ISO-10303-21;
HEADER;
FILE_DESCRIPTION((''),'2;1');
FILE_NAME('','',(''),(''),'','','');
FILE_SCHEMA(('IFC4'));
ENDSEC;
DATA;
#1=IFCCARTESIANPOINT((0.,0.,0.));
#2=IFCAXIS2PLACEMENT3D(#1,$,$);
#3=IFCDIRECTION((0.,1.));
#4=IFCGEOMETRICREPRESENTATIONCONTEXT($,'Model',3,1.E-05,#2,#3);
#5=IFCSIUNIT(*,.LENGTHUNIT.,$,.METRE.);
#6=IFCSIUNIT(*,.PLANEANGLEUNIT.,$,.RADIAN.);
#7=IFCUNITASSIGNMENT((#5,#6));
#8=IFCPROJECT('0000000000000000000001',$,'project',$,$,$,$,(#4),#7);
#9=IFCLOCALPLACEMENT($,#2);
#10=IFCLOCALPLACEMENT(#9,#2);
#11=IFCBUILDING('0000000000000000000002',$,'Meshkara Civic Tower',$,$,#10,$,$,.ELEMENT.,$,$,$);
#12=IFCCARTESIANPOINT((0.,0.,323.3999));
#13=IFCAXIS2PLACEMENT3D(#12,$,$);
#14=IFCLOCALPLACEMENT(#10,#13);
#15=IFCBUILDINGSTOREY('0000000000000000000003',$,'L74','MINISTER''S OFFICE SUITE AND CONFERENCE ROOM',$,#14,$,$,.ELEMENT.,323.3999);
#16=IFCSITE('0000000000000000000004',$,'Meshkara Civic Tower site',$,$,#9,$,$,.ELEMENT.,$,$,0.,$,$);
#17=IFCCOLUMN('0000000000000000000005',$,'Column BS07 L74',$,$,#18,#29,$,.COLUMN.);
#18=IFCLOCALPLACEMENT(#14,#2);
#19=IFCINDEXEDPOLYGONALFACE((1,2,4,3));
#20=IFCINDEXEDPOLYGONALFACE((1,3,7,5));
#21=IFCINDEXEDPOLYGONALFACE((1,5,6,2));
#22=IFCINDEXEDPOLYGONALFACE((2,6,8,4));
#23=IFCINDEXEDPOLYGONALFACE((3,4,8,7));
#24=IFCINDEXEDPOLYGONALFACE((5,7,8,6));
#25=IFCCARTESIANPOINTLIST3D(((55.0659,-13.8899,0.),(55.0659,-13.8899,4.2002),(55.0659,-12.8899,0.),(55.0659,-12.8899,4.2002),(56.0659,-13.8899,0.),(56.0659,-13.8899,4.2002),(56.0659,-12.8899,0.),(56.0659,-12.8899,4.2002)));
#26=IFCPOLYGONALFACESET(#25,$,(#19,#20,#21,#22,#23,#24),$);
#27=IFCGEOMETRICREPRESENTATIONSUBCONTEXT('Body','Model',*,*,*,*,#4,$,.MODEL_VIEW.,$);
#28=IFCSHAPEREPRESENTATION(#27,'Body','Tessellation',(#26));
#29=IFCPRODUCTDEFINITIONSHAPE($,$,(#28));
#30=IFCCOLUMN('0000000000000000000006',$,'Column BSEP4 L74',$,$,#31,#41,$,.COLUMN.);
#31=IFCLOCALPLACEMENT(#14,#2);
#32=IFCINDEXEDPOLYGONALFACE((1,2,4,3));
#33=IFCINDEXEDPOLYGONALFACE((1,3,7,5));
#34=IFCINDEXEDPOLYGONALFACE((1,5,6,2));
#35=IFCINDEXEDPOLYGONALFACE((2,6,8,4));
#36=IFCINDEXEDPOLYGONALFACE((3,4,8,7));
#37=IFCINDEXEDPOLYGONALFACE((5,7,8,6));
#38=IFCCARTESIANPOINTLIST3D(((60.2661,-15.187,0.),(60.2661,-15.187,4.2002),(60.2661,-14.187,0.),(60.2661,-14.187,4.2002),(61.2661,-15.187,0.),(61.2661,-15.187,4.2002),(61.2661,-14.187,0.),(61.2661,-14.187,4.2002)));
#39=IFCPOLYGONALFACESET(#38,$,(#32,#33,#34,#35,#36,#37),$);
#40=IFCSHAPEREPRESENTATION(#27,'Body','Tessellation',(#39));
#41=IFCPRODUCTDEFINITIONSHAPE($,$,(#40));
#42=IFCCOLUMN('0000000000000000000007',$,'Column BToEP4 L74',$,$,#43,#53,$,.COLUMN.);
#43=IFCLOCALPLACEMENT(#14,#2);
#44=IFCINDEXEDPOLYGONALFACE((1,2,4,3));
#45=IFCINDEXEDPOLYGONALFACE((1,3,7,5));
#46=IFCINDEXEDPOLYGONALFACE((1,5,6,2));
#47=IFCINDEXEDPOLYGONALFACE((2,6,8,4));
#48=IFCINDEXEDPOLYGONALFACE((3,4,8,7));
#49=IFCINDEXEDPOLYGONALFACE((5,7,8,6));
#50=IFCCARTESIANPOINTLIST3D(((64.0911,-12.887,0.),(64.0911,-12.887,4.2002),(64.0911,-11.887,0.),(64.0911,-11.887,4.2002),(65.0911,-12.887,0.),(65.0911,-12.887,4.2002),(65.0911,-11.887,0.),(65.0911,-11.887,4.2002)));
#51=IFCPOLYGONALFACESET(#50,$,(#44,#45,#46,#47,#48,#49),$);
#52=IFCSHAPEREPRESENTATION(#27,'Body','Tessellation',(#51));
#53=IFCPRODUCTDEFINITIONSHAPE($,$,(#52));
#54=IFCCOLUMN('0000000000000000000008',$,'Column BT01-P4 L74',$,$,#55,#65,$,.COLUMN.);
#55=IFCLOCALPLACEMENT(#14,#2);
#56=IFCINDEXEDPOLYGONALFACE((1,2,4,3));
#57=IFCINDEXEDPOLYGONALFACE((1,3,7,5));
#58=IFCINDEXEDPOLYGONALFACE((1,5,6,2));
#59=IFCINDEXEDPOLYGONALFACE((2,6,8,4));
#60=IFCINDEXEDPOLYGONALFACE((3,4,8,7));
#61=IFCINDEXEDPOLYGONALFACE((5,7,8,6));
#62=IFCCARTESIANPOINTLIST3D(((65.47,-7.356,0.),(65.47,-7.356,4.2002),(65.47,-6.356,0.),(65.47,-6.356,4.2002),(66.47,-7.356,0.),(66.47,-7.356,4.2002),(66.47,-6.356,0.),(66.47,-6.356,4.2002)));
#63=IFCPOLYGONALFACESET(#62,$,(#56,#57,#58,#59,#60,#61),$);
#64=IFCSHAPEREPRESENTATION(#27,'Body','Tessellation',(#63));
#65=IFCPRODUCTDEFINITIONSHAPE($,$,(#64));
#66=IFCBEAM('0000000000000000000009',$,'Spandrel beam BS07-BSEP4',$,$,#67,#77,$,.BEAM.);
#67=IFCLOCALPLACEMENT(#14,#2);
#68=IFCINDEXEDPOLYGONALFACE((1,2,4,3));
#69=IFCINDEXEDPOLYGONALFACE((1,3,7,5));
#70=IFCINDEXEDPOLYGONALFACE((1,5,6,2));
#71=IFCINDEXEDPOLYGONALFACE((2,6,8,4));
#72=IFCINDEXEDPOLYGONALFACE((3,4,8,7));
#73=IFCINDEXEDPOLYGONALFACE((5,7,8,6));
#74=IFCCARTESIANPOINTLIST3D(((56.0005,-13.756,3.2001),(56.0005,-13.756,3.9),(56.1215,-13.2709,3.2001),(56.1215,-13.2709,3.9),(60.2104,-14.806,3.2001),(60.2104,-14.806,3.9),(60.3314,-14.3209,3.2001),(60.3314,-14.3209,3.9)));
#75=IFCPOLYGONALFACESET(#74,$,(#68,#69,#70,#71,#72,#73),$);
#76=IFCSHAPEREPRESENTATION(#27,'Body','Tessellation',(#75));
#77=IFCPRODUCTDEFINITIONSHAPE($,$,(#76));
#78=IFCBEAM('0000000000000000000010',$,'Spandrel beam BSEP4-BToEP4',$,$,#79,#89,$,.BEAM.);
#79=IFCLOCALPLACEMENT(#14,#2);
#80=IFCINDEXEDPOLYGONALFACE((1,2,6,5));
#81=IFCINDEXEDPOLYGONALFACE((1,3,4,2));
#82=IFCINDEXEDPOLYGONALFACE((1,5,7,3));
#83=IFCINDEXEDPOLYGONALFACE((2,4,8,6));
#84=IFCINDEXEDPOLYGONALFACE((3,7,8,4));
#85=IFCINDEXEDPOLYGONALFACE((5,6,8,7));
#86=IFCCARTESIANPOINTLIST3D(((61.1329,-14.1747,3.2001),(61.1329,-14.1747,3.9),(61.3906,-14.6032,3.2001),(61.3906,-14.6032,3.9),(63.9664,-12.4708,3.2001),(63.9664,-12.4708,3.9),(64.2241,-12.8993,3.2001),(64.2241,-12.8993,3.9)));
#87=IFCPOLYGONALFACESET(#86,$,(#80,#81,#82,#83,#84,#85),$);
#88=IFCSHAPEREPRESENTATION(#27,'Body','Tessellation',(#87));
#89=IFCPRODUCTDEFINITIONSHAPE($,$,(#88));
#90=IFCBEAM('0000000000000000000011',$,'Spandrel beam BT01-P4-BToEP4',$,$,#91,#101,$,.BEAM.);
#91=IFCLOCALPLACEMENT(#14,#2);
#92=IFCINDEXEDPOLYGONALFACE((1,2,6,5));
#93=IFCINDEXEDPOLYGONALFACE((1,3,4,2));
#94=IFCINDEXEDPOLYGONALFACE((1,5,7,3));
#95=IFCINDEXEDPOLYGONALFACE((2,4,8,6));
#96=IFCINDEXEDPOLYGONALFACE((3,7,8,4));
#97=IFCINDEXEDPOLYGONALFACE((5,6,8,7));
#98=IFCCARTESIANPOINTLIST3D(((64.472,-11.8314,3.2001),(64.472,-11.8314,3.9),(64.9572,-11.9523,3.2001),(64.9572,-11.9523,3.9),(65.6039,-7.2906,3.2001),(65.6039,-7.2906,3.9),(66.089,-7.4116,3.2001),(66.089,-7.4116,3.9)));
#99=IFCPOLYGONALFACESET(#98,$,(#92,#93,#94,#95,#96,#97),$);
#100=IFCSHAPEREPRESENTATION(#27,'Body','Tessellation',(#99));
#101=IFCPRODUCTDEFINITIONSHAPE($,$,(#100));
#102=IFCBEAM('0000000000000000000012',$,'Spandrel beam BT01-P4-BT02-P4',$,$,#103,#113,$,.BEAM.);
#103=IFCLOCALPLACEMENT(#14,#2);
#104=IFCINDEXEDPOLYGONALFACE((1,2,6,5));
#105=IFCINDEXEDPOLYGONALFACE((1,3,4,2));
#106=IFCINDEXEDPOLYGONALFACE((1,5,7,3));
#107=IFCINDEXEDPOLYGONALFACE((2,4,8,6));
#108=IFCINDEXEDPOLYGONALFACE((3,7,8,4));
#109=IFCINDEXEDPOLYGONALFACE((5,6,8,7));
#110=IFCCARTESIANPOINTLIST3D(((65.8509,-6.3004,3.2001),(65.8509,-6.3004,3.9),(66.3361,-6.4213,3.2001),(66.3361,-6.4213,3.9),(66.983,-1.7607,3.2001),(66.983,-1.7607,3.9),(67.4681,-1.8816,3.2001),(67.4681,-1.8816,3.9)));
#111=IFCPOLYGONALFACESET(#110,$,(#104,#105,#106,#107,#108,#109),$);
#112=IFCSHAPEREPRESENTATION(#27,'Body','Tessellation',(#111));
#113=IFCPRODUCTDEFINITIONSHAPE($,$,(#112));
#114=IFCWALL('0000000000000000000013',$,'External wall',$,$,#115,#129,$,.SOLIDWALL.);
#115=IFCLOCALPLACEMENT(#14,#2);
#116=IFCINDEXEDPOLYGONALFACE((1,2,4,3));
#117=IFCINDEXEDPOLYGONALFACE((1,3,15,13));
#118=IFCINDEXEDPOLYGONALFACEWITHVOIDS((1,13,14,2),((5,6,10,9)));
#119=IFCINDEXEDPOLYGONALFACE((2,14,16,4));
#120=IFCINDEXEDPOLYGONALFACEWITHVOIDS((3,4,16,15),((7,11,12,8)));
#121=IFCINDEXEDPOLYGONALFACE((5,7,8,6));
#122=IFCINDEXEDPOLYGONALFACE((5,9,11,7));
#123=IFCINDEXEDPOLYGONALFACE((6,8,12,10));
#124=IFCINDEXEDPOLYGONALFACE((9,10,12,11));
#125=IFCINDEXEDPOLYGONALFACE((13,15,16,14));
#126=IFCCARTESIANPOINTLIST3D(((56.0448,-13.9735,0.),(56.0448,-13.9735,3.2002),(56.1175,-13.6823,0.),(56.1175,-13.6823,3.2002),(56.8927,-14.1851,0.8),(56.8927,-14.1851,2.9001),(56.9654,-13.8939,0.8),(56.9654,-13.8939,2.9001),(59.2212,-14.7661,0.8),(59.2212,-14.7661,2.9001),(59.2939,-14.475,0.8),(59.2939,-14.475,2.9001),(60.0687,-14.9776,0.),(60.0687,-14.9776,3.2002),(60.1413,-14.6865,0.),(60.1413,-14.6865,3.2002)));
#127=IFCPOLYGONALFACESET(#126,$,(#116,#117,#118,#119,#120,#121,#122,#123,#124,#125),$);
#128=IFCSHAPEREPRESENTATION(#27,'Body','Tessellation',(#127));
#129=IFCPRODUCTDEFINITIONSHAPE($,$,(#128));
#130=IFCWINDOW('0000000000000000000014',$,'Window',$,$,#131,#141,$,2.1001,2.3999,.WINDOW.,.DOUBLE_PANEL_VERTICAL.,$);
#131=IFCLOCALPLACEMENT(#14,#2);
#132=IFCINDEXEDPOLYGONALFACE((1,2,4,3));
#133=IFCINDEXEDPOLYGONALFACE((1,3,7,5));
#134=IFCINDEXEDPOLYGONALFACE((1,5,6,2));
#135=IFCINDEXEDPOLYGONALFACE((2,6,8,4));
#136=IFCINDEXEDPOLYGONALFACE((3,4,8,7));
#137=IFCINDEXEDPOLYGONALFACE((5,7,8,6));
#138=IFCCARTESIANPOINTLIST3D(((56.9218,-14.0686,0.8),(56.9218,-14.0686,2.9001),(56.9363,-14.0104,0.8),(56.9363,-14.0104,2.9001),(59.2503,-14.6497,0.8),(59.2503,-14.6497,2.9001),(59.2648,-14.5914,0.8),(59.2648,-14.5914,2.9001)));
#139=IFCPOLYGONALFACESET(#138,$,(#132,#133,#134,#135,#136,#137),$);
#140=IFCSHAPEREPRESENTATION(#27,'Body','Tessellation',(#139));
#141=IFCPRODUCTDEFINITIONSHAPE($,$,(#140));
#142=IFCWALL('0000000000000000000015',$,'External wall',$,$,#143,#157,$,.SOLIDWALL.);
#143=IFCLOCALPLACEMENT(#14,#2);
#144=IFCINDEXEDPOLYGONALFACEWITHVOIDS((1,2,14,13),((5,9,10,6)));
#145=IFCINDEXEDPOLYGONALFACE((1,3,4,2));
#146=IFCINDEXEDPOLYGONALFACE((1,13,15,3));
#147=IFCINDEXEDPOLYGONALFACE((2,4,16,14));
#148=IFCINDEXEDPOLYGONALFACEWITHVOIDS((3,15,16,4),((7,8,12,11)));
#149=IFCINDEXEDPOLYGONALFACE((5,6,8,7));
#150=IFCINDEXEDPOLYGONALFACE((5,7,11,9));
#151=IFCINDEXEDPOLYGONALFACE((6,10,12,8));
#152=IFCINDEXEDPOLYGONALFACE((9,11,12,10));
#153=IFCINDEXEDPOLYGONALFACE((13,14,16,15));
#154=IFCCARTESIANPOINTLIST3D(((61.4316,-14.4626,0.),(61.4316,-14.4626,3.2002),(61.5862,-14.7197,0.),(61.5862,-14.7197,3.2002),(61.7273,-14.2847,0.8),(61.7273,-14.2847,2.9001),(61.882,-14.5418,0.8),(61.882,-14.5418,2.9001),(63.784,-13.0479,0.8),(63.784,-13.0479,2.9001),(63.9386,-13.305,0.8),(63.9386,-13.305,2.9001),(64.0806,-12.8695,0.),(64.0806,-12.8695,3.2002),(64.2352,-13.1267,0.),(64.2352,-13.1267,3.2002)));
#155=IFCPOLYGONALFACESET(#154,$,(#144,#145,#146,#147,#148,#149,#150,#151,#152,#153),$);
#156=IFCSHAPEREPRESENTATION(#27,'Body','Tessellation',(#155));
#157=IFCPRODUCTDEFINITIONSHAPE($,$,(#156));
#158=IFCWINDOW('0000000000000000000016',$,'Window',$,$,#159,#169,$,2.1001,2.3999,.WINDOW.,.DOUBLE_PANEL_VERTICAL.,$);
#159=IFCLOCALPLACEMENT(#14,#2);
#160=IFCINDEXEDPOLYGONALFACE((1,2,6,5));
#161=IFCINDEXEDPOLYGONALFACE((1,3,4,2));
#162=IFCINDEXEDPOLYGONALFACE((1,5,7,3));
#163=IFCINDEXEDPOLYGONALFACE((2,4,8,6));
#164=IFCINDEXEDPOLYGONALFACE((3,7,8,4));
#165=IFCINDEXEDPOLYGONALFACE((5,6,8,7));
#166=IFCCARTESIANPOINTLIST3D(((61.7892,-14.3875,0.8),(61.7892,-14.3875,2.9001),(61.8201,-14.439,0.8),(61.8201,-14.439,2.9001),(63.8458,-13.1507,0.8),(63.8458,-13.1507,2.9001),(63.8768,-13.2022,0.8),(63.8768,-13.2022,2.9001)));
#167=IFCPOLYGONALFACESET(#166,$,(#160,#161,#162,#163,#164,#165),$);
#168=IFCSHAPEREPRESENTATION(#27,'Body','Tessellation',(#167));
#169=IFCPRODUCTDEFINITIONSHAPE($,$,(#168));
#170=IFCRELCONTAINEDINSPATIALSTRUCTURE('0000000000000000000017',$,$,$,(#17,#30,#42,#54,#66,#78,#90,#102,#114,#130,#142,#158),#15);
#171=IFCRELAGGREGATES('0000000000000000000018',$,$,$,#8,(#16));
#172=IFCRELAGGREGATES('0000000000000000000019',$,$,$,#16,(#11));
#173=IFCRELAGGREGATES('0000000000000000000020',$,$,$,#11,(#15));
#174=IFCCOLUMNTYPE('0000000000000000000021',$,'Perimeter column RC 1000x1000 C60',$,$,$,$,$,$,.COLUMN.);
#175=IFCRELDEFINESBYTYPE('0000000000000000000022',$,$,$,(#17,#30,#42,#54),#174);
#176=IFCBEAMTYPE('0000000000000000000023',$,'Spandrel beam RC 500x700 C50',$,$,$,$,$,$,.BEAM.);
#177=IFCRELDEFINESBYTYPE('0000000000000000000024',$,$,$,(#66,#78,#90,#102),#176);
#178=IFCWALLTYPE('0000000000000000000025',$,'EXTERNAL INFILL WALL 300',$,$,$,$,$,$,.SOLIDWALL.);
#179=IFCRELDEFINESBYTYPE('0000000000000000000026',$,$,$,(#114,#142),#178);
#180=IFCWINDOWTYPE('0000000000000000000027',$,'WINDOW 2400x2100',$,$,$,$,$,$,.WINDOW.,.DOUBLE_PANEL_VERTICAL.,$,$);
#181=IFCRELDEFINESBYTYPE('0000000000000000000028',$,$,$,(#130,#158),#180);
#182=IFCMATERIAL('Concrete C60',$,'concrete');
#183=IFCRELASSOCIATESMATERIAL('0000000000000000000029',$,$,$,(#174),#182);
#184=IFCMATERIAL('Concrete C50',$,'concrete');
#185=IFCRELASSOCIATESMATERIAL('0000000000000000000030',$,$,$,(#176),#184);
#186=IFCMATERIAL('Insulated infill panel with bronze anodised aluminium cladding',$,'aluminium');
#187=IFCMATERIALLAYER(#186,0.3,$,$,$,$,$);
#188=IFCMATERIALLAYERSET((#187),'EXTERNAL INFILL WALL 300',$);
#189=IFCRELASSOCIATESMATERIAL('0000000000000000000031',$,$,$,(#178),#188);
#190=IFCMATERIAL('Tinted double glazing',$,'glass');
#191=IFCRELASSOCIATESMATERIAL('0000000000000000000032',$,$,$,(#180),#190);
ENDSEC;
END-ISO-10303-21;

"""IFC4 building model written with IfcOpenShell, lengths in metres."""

from ifc_helpers import new_model, si_unit, direction, frame, frame_2d, origin, origin_2d, place, context, subcontext, project, spatial, rectangle, extrude, material, layer, layer_set, material_profile, profile_set, type_object, element, fill, save


model = new_model("IFC4")

# Units and contexts
model_context = context("Model", 3, precision=1e-05, world=origin(), true_north=direction((0.0, 1.0)))
body_context = subcontext(model_context, "Body", "Model", "MODEL_VIEW")
ifc_project = project(units=[si_unit("LENGTHUNIT", "METRE"), si_unit("PLANEANGLEUNIT", "RADIAN")], contexts=[model_context])

# Site, building, storey
site_placement = place(None, origin())
site = spatial("IfcSite", under=ifc_project, at=site_placement, Name="Meshkara Civic Tower site", CompositionType="ELEMENT", RefElevation=0.0)
building_placement = place(site_placement, origin())
building = spatial("IfcBuilding", under=site, at=building_placement, Name="Meshkara Civic Tower", CompositionType="ELEMENT")
storey_placement = place(building_placement, frame((0.0, 0.0, 323.3999)))
storey = spatial("IfcBuildingStorey", under=building, at=storey_placement, Name="L74", Description="MINISTER'S OFFICE SUITE AND CONFERENCE ROOM", CompositionType="ELEMENT", Elevation=323.3999)

# Columns
ifc_material_1 = material(Name="Concrete C60", Category="concrete")
ifc_material_profile_1 = material_profile(ifc_material_1, rectangle(XDim=1.0, YDim=1.0, at=origin_2d()))
ifc_profile_set_1 = profile_set([ifc_material_profile_1], Name="Concrete C60")
column_type = type_object("IfcColumnType", Name="Perimeter column RC 1000x1000 C60", PredefinedType="COLUMN", material=ifc_profile_set_1)
for number, where, z_axis, x_axis, name in (
    (1, (55.5659, -13.3899, 0.0), (0.0, 0.0, 1.0), (1.0, 0.0, 0.0), "Column BS07 L74"),
    (2, (60.7661, -14.687, 0.0), (0.0, 0.0, 1.0), (1.0, 0.0, 0.0), "Column BSEP4 L74"),
    (3, (64.5911, -12.387, 0.0), (0.0, 0.0, 1.0), (1.0, 0.0, 0.0), "Column BToEP4 L74"),
    (4, (65.97, -6.856, 0.0), (0.0, 0.0, 1.0), (1.0, 0.0, 0.0), "Column BT01-P4 L74"),
):
    element("IfcColumn", number, at=place(storey_placement, frame(where, z_axis=z_axis, x_axis=x_axis)), inside=storey, type_object=column_type, Name=name, PredefinedType="COLUMN", context=body_context, shape_type="SweptSolid", body=[
        extrude(rectangle(XDim=1.0, YDim=1.0, at=origin_2d()), origin(), (0.0, 0.0, 1.0), 4.2002),
    ])

# Beams
ifc_material_2 = material(Name="Concrete C50", Category="concrete")
ifc_material_profile_2 = material_profile(ifc_material_2, rectangle(XDim=0.5, YDim=0.7, at=origin_2d()))
ifc_profile_set_2 = profile_set([ifc_material_profile_2], Name="Concrete C50")
beam_type = type_object("IfcBeamType", Name="Spandrel beam RC 500x700 C50", PredefinedType="BEAM", material=ifc_profile_set_2)
beam_1_placement = place(storey_placement, frame((56.061, -13.5134, 3.55), z_axis=(0.970275, -0.242006, 0.0), x_axis=(0.242006, 0.970275, 0.0)))
element("IfcBeam", 5, at=beam_1_placement, inside=storey, type_object=beam_type, Name="Spandrel beam BS07-BSEP4", PredefinedType="BEAM", context=body_context, shape_type="SweptSolid", body=[
    extrude(rectangle(XDim=0.5, YDim=0.7, at=origin_2d()), origin(), (0.0, 0.0, 1.0), 4.3389),
])
beam_2_placement = place(storey_placement, frame((61.2617, -14.3889, 3.55), z_axis=(0.856991, 0.515332, 0.0), x_axis=(-0.515332, 0.856991, 0.0)))
element("IfcBeam", 6, at=beam_2_placement, inside=storey, type_object=beam_type, Name="Spandrel beam BSEP4-BToEP4", PredefinedType="BEAM", context=body_context, shape_type="SweptSolid", body=[
    extrude(rectangle(XDim=0.5, YDim=0.7, at=origin_2d()), origin(), (0.0, 0.0, 1.0), 3.3064),
])
beam_3_placement = place(storey_placement, frame((64.7146, -11.8918, 3.55), z_axis=(0.24186, 0.970311, 0.0), x_axis=(-0.970311, 0.24186, 0.0)))
element("IfcBeam", 7, at=beam_3_placement, inside=storey, type_object=beam_type, Name="Spandrel beam BT01-P4-BToEP4", PredefinedType="BEAM", context=body_context, shape_type="SweptSolid", body=[
    extrude(rectangle(XDim=0.5, YDim=0.7, at=origin_2d()), origin(), (0.0, 0.0, 1.0), 4.6797),
])
beam_4_placement = place(storey_placement, frame((66.0935, -6.3608, 3.55), z_axis=(0.241959, 0.970287, 0.0), x_axis=(-0.970287, 0.241959, 0.0)))
element("IfcBeam", 8, at=beam_4_placement, inside=storey, type_object=beam_type, Name="Spandrel beam BT01-P4-BT02-P4", PredefinedType="BEAM", context=body_context, shape_type="SweptSolid", body=[
    extrude(rectangle(XDim=0.5, YDim=0.7, at=origin_2d()), origin(), (0.0, 0.0, 1.0), 4.6787),
])

# Walls, openings, windows
ifc_material_3 = material(Name="Insulated infill panel with bronze anodised aluminium cladding", Category="aluminium")
ifc_layer_1 = layer(ifc_material_3, 0.3)
ifc_layer_set_1 = layer_set([ifc_layer_1], Name="EXTERNAL INFILL WALL 300")
wall_type_1 = type_object("IfcWallType", Name="EXTERNAL INFILL WALL 300", PredefinedType="SOLIDWALL", material=ifc_layer_set_1)
wall_1_placement = place(storey_placement, frame((56.0811, -13.8279, 0.0), z_axis=(0.0, 0.0, 1.0), x_axis=(0.970246, -0.24212, 0.0)))
wall_1 = element("IfcWall", 9, at=wall_1_placement, inside=storey, type_object=wall_type_1, Name="External wall", PredefinedType="SOLIDWALL", context=body_context, shape_type="SweptSolid", body=[
    extrude(rectangle(XDim=4.1472, YDim=0.3, at=frame_2d((2.0737, 0.0))), origin(), (0.0, 0.0, 1.0), 3.2002),
])
opening_1_placement = place(wall_1_placement, frame((0.874, 0.0, 0.8)))
opening_1 = element("IfcOpeningElement", 10, at=opening_1_placement, cuts=wall_1, PredefinedType="OPENING", context=body_context, shape_type="SweptSolid", body=[
    extrude(rectangle(XDim=2.3999, YDim=2.1001, at=frame_2d((1.2, 1.05))), frame((0.0, 0.1599, 0.0), z_axis=(0.0, -1.0, 0.0), x_axis=(1.0, 0.0, 0.0)), (0.0, 0.0, 1.0), 0.3201),
])
ifc_material_4 = material(Name="Tinted double glazing", Category="glass")
window_type = type_object("IfcWindowType", Name="WINDOW 2400x2100", PartitioningType="DOUBLE_PANEL_VERTICAL", PredefinedType="WINDOW", material=ifc_material_4)
window_1_placement = place(opening_1_placement, origin())
window_1 = element("IfcWindow", 11, at=window_1_placement, inside=storey, type_object=window_type, Name="Window", OverallHeight=2.1001, OverallWidth=2.3999, PartitioningType="DOUBLE_PANEL_VERTICAL", PredefinedType="WINDOW", context=body_context, shape_type="SweptSolid", body=[
    extrude(rectangle(XDim=2.3999, YDim=2.1001, at=frame_2d((1.2, 1.05))), frame((0.0, 0.03, 0.0), z_axis=(0.0, -1.0, 0.0), x_axis=(1.0, 0.0, 0.0)), (0.0, 0.0, 1.0), 0.0601),
])
fill(opening_1, window_1)
wall_2_placement = place(storey_placement, frame((61.509, -14.5911, 0.0), z_axis=(0.0, 0.0, 1.0), x_axis=(0.85697, 0.515367, 0.0)))
wall_2 = element("IfcWall", 12, at=wall_2_placement, inside=storey, type_object=wall_type_1, Name="External wall", PredefinedType="SOLIDWALL", context=body_context, shape_type="SweptSolid", body=[
    extrude(rectangle(XDim=3.0911, YDim=0.3, at=frame_2d((1.5454, 0.0))), origin(), (0.0, 0.0, 1.0), 3.2002),
])
opening_2_placement = place(wall_2_placement, frame((0.345, 0.0, 0.8)))
opening_2 = element("IfcOpeningElement", 13, at=opening_2_placement, cuts=wall_2, PredefinedType="OPENING", context=body_context, shape_type="SweptSolid", body=[
    extrude(rectangle(XDim=2.3999, YDim=2.1001, at=frame_2d((1.2, 1.05))), frame((0.0, 0.1599, 0.0), z_axis=(0.0, -1.0, 0.0), x_axis=(1.0, 0.0, 0.0)), (0.0, 0.0, 1.0), 0.3201),
])
window_2_placement = place(opening_2_placement, origin())
window_2 = element("IfcWindow", 14, at=window_2_placement, inside=storey, type_object=window_type, Name="Window", OverallHeight=2.1001, OverallWidth=2.3999, PartitioningType="DOUBLE_PANEL_VERTICAL", PredefinedType="WINDOW", context=body_context, shape_type="SweptSolid", body=[
    extrude(rectangle(XDim=2.3999, YDim=2.1001, at=frame_2d((1.2, 1.05))), frame((0.0, 0.03, 0.0), z_axis=(0.0, -1.0, 0.0), x_axis=(1.0, 0.0, 0.0)), (0.0, 0.0, 1.0), 0.0601),
])
fill(opening_2, window_2)

save(model, "model.ifc")
